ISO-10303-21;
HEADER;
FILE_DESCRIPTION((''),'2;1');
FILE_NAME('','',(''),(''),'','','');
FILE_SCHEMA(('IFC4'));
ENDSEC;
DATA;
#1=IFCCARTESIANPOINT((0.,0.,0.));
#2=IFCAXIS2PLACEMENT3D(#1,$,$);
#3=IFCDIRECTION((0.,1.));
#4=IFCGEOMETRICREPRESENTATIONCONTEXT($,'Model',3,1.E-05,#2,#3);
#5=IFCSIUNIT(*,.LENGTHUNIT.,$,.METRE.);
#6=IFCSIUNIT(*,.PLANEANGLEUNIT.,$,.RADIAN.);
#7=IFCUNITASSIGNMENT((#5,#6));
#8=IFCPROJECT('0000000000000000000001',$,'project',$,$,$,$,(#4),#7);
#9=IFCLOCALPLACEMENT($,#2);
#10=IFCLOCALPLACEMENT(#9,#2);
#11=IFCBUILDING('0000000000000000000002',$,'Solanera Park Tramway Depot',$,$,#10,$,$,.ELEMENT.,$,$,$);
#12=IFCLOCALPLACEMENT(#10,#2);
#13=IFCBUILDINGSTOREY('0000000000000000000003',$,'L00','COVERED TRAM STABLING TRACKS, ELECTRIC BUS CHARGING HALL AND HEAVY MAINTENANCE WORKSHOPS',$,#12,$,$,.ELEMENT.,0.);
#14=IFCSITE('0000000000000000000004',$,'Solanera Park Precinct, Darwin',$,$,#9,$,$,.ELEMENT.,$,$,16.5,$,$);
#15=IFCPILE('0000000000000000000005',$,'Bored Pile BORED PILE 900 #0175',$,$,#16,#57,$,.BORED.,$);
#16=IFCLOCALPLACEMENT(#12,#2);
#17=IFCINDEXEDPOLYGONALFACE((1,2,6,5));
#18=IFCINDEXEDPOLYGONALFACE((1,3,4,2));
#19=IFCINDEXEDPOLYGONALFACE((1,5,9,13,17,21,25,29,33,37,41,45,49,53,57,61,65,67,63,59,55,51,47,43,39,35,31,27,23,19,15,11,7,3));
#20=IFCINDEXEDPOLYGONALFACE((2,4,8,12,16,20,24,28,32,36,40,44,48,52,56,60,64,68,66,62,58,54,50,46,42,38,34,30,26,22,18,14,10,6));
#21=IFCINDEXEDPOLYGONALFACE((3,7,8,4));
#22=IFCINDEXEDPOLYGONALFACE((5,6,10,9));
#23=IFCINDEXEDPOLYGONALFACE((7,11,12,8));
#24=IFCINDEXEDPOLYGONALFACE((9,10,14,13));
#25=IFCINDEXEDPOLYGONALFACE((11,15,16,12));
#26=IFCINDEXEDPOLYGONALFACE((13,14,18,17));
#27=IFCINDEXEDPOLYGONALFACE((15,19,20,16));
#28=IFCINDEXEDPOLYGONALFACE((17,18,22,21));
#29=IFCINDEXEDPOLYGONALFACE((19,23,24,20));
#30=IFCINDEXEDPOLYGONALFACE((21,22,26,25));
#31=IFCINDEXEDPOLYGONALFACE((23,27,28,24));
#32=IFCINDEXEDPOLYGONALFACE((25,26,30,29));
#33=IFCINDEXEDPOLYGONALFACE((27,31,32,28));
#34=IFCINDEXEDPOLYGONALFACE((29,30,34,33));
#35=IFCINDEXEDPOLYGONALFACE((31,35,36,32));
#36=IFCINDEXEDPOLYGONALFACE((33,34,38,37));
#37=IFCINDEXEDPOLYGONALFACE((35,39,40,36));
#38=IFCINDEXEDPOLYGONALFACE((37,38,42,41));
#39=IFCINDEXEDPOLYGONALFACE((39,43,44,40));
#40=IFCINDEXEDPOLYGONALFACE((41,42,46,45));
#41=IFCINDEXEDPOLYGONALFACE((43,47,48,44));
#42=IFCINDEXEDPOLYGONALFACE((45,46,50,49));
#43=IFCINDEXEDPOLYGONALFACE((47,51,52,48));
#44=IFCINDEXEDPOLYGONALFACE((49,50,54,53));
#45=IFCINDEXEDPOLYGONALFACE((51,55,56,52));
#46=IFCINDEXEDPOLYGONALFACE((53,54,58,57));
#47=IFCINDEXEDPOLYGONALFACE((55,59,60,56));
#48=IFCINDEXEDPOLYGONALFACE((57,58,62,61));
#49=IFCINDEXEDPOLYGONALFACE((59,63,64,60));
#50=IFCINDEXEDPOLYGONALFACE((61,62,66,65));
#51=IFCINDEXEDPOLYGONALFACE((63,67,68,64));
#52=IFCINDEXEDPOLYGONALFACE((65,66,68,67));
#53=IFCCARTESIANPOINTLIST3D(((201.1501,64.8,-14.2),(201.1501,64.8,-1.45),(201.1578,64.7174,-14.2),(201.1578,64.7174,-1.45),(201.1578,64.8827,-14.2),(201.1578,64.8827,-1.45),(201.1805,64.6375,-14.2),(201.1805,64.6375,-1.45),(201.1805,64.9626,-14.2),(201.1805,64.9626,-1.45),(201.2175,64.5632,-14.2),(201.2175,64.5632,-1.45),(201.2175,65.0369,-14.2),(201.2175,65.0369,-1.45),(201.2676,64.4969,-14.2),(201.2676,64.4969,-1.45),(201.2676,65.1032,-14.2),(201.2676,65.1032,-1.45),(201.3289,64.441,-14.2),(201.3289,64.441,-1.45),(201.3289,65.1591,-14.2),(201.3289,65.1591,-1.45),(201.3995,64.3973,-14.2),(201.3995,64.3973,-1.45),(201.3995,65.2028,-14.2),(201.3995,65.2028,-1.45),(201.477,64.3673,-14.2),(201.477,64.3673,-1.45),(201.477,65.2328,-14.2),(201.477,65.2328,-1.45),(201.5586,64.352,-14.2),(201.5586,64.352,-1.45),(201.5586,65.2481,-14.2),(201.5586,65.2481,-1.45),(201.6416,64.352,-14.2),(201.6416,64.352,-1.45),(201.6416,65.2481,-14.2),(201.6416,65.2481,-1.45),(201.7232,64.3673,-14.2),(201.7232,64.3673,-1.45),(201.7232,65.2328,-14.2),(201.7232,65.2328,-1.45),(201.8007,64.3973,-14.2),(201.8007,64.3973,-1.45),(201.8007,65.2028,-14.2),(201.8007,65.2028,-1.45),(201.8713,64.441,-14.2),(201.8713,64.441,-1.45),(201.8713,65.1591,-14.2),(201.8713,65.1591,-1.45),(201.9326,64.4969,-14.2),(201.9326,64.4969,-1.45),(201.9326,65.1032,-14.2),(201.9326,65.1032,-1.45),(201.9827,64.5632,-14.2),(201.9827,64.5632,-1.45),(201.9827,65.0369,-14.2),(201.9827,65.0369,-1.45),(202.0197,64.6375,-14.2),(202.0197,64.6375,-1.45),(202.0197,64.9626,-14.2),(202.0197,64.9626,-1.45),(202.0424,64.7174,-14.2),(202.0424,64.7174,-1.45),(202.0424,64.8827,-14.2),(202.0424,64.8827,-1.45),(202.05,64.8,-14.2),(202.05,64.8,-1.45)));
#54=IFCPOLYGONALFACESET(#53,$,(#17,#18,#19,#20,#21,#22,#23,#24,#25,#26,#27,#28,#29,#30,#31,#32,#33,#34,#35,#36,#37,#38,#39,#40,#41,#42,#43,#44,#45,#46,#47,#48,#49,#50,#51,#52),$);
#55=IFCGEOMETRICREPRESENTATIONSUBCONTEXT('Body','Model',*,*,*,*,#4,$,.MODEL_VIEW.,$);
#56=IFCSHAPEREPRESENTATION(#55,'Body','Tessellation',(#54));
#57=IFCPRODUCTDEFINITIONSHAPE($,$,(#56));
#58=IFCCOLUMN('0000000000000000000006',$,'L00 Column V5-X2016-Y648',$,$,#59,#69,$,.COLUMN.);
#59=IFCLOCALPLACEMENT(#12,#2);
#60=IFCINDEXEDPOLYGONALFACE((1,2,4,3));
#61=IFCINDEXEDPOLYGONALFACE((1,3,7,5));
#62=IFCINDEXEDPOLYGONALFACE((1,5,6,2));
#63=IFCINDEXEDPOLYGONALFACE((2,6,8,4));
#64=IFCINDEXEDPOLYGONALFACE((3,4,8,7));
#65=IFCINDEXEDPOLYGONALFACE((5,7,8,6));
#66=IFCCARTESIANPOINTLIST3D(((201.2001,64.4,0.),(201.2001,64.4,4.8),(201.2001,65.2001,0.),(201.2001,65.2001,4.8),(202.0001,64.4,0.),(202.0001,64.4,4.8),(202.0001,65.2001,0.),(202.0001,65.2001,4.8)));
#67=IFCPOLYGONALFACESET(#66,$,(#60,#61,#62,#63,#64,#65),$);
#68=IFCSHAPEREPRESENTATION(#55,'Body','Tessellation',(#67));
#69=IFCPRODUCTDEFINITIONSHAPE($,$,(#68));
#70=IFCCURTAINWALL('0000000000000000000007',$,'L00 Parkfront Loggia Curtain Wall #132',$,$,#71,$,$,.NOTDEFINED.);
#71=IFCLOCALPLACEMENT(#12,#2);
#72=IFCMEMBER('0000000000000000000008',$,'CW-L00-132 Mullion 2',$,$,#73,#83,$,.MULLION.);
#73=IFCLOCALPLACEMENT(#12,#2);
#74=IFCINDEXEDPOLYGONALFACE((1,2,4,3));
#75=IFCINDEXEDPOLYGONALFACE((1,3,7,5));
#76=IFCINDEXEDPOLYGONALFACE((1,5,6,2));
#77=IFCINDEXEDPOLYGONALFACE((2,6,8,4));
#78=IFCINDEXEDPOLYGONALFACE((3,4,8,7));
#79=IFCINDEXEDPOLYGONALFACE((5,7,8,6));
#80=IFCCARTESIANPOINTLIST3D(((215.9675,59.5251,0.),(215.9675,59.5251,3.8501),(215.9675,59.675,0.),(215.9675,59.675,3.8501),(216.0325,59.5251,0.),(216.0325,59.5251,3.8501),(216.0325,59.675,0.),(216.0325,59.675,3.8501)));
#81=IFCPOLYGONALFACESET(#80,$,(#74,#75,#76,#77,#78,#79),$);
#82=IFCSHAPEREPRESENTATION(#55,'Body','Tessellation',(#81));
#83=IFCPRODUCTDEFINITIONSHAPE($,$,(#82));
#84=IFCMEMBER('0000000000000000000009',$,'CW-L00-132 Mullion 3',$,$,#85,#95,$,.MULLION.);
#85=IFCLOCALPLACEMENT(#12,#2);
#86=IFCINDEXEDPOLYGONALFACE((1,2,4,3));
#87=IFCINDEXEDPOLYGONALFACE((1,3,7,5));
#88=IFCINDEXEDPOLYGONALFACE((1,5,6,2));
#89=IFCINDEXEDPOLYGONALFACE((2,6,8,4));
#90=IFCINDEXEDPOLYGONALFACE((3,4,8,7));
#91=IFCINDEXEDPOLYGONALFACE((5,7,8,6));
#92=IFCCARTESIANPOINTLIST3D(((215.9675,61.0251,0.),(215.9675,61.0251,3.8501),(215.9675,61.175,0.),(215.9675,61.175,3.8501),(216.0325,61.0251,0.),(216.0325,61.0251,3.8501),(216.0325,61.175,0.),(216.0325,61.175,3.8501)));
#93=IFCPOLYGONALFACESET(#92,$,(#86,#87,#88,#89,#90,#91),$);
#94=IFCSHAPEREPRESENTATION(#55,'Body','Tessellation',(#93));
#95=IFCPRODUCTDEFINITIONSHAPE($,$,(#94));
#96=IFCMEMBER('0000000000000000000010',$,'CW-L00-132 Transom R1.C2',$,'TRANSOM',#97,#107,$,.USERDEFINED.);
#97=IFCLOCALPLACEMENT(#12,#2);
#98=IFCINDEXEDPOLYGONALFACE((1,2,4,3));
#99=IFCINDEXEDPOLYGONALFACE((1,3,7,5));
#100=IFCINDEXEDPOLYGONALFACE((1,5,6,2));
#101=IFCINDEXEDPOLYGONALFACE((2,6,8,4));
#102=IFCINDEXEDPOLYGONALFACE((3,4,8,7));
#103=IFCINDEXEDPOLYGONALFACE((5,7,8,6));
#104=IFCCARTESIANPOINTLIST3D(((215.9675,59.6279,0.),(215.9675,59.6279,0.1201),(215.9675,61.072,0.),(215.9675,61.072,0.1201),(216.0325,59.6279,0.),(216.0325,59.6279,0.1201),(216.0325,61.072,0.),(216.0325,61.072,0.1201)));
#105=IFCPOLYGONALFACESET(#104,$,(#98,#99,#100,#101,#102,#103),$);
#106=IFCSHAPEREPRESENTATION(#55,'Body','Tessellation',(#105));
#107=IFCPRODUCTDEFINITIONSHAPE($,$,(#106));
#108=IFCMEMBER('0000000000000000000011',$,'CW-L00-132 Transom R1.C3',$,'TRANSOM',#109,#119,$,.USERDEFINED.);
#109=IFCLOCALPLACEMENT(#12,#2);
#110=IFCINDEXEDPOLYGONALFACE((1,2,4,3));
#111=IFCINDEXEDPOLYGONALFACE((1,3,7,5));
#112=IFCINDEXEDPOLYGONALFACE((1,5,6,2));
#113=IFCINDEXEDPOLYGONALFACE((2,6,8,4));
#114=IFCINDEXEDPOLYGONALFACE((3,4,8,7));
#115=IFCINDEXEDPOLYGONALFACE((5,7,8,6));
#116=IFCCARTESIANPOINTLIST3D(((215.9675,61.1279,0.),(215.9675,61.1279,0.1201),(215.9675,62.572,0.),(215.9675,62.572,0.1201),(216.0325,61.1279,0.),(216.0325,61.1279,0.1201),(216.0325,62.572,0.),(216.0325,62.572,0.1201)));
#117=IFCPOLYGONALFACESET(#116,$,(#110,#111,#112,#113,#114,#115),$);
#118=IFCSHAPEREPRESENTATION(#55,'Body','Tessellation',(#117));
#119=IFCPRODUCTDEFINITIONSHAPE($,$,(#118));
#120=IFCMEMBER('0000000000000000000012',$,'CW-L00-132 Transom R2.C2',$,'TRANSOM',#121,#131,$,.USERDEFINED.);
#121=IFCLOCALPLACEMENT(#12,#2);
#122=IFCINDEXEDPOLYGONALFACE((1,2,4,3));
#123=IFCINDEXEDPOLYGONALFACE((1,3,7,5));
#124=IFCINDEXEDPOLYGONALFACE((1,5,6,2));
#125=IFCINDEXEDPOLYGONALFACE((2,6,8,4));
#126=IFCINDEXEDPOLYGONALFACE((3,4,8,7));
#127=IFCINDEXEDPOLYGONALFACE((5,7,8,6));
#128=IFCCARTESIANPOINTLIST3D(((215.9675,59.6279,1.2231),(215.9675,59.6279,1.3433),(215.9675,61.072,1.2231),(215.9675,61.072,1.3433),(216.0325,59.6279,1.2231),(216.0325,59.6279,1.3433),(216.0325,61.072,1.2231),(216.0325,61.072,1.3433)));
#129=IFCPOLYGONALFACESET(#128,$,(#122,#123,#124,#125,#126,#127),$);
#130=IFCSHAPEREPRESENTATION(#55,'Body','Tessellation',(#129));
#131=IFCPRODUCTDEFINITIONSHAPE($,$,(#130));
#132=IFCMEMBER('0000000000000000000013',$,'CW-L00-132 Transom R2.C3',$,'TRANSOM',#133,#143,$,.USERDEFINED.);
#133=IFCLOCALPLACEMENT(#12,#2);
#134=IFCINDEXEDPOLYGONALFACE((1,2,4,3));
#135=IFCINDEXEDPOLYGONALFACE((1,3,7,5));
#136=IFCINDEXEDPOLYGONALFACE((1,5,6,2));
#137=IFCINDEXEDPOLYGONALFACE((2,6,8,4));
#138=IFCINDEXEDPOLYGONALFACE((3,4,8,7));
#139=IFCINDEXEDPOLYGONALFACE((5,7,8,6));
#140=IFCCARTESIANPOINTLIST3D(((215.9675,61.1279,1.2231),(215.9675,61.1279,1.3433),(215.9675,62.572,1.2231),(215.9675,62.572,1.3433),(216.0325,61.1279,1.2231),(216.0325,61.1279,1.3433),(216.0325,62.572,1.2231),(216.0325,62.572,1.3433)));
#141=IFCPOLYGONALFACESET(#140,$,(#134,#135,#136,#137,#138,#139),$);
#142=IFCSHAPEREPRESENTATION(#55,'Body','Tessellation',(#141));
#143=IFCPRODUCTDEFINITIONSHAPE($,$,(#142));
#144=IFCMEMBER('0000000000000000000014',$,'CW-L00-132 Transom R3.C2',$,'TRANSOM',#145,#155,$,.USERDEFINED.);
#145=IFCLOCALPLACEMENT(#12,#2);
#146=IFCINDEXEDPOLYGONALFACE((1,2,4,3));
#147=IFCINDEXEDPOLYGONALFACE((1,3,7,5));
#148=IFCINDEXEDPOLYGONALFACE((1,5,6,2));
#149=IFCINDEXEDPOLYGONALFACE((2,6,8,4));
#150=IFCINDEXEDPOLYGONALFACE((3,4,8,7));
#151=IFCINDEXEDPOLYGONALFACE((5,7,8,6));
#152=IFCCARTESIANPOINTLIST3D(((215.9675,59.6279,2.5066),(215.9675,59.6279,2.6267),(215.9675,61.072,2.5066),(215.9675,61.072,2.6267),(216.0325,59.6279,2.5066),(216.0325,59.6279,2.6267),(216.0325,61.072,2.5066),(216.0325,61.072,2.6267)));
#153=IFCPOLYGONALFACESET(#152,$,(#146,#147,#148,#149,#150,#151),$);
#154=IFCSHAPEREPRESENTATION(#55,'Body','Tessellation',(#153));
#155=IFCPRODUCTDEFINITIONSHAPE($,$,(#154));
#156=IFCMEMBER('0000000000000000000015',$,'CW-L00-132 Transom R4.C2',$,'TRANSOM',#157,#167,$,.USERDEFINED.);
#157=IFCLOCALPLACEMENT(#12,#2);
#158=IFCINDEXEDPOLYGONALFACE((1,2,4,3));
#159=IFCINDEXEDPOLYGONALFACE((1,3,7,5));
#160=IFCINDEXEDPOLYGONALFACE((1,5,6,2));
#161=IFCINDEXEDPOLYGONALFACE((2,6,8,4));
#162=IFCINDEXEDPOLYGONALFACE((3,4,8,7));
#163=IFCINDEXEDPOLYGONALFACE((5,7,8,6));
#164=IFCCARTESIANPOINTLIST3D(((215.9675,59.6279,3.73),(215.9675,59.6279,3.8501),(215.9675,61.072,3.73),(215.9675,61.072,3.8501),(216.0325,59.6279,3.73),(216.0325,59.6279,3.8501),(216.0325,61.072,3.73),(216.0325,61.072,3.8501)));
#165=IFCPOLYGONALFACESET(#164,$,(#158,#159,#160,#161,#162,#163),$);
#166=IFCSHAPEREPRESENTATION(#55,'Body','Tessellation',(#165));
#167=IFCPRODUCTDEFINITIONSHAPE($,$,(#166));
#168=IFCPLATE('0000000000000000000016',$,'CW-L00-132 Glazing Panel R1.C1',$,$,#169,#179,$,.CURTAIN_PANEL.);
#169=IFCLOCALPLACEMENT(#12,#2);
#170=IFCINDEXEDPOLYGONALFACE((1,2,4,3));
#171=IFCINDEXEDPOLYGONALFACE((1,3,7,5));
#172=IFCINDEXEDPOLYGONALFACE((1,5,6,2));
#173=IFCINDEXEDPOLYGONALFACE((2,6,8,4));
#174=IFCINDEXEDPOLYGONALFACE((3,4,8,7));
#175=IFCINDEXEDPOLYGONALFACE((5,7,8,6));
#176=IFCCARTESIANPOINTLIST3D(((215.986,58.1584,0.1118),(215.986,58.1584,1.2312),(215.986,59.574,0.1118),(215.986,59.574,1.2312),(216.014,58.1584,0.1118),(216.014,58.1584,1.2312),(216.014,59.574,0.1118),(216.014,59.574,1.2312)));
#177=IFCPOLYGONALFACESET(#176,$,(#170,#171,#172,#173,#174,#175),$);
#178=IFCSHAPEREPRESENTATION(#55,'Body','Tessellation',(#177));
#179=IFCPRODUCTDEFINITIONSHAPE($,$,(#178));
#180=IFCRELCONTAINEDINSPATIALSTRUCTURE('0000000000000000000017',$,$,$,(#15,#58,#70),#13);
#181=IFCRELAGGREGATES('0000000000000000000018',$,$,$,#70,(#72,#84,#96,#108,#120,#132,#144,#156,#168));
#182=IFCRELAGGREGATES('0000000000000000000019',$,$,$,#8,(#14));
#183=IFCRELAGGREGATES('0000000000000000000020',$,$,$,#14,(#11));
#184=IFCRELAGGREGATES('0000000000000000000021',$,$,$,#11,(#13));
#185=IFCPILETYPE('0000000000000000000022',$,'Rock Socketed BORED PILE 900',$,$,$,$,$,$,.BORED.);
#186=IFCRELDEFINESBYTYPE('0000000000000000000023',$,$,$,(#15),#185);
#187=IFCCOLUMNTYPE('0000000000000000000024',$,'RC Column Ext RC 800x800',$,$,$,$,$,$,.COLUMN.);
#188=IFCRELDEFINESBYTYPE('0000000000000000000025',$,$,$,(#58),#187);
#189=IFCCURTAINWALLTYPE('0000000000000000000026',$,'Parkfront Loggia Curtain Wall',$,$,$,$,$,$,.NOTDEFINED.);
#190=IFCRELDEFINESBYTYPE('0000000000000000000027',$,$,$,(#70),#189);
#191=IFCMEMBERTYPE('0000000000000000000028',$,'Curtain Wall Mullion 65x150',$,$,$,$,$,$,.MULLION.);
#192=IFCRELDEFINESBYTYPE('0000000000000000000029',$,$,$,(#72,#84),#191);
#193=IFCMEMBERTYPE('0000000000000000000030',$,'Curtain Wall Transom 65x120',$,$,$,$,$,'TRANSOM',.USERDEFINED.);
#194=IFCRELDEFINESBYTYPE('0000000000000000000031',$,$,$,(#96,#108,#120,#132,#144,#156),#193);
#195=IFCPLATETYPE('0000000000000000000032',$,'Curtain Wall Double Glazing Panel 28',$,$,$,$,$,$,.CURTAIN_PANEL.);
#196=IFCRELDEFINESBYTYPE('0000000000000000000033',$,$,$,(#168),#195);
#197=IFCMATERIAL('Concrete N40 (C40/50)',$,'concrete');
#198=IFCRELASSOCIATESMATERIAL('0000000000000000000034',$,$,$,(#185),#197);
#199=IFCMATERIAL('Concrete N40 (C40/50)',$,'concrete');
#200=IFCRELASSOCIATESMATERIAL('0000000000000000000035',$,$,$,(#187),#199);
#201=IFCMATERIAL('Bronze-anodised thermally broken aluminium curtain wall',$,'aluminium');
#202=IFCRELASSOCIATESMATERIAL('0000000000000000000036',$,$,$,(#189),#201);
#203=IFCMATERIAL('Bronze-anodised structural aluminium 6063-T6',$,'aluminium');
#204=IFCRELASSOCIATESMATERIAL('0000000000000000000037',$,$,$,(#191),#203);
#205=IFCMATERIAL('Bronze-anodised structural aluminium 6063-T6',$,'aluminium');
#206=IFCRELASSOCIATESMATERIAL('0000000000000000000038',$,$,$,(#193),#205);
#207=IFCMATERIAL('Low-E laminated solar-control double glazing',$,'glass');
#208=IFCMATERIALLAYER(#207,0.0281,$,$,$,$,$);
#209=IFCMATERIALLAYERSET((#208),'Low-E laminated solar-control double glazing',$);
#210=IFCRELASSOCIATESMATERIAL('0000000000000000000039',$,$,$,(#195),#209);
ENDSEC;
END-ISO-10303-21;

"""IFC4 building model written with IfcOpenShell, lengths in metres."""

from ifc_helpers import new_model, si_unit, direction, frame, origin, origin_2d, place, context, subcontext, project, spatial, rectangle, circle, extrude, material, layer, layer_set, material_profile, profile_set, type_object, element, aggregate, save


model = new_model("IFC4")

# Units and contexts
model_context = context("Model", 3, precision=1e-05, world=origin(), true_north=direction((0.0, 1.0)))
body_context = subcontext(model_context, "Body", "Model", "MODEL_VIEW")
ifc_project = project(units=[si_unit("LENGTHUNIT", "METRE"), si_unit("PLANEANGLEUNIT", "RADIAN")], contexts=[model_context])

# Site, building, storey
site_placement = place(None, origin())
site = spatial("IfcSite", under=ifc_project, at=site_placement, Name="Solanera Park Precinct, Darwin", CompositionType="ELEMENT", RefElevation=16.5)
building_placement = place(site_placement, origin())
building = spatial("IfcBuilding", under=site, at=building_placement, Name="Solanera Park Tramway Depot", CompositionType="ELEMENT")
storey_placement = place(building_placement, origin())
storey = spatial("IfcBuildingStorey", under=building, at=storey_placement, Name="L00", Description="COVERED TRAM STABLING TRACKS, ELECTRIC BUS CHARGING HALL AND HEAVY MAINTENANCE WORKSHOPS", CompositionType="ELEMENT", Elevation=0.0)

# Pile
ifc_material_1 = material(Name="Concrete N40 (C40/50)", Category="concrete")
ifc_material_profile_1 = material_profile(ifc_material_1, circle(Radius=0.45, at=origin_2d()), Name="BORED PILE 900")
ifc_profile_set_1 = profile_set([ifc_material_profile_1], Name="Concrete N40 (C40/50)")
pile_type = type_object("IfcPileType", Name="Rock Socketed BORED PILE 900", PredefinedType="BORED", material=ifc_profile_set_1)
pile_placement = place(storey_placement, frame((201.6001, 64.8, -1.45), z_axis=(0.0, 0.0, -1.0), x_axis=(1.0, 0.0, 0.0)))
element("IfcPile", 1, at=pile_placement, inside=storey, type_object=pile_type, Name="Bored Pile BORED PILE 900 #0175", PredefinedType="BORED", context=body_context, shape_type="SweptSolid", body=[
    extrude(circle(Radius=0.45, at=origin_2d()), origin(), (0.0, 0.0, 1.0), 12.75),
])

# Column
ifc_material_2 = material(Name="Concrete N40 (C40/50)", Category="concrete")
ifc_material_profile_2 = material_profile(ifc_material_2, rectangle(XDim=0.8, YDim=0.8, at=origin_2d()), Name="RC 800x800")
ifc_profile_set_2 = profile_set([ifc_material_profile_2], Name="Concrete N40 (C40/50)")
column_type = type_object("IfcColumnType", Name="RC Column Ext RC 800x800", PredefinedType="COLUMN", material=ifc_profile_set_2)
column_placement = place(storey_placement, frame((201.6001, 64.8, 0.0), z_axis=(0.0, 0.0, 1.0), x_axis=(1.0, 0.0, 0.0)))
element("IfcColumn", 2, at=column_placement, inside=storey, type_object=column_type, Name="L00 Column V5-X2016-Y648", PredefinedType="COLUMN", context=body_context, shape_type="SweptSolid", body=[
    extrude(rectangle(XDim=0.8, YDim=0.8, at=origin_2d()), origin(), (0.0, 0.0, 1.0), 4.8),
])

# Curtain wall, members, plate
ifc_material_3 = material(Name="Bronze-anodised thermally broken aluminium curtain wall", Category="aluminium")
curtain_wall_type = type_object("IfcCurtainWallType", Name="Parkfront Loggia Curtain Wall", PredefinedType="NOTDEFINED", material=ifc_material_3)
curtain_wall_placement = place(storey_placement, origin())
curtain_wall = element("IfcCurtainWall", 3, at=curtain_wall_placement, inside=storey, type_object=curtain_wall_type, Name="L00 Parkfront Loggia Curtain Wall #132", PredefinedType="NOTDEFINED")
ifc_material_4 = material(Name="Bronze-anodised structural aluminium 6063-T6", Category="aluminium")
ifc_material_profile_3 = material_profile(ifc_material_4, rectangle(XDim=0.0649, YDim=0.1499, at=origin_2d()), Name="Curtain Wall Mullion 65x150")
ifc_profile_set_3 = profile_set([ifc_material_profile_3], Name="Bronze-anodised structural aluminium 6063-T6")
member_type_1 = type_object("IfcMemberType", Name="Curtain Wall Mullion 65x150", PredefinedType="MULLION", material=ifc_profile_set_3)
member_1_placement = place(storey_placement, frame((216.0, 59.6001, 0.0), z_axis=(0.0, 0.0, 1.0), x_axis=(1.0, 0.0, 0.0)))
member_1 = element("IfcMember", 4, at=member_1_placement, type_object=member_type_1, Name="CW-L00-132 Mullion 2", PredefinedType="MULLION", context=body_context, shape_type="SweptSolid", body=[
    extrude(rectangle(XDim=0.0649, YDim=0.1499, at=origin_2d()), origin(), (0.0, 0.0, 1.0), 3.8501),
])
member_2_placement = place(storey_placement, frame((216.0, 61.1001, 0.0), z_axis=(0.0, 0.0, 1.0), x_axis=(1.0, 0.0, 0.0)))
member_2 = element("IfcMember", 5, at=member_2_placement, type_object=member_type_1, Name="CW-L00-132 Mullion 3", PredefinedType="MULLION", context=body_context, shape_type="SweptSolid", body=[
    extrude(rectangle(XDim=0.0649, YDim=0.1499, at=origin_2d()), origin(), (0.0, 0.0, 1.0), 3.8501),
])
ifc_material_5 = material(Name="Bronze-anodised structural aluminium 6063-T6", Category="aluminium")
ifc_material_profile_4 = material_profile(ifc_material_5, rectangle(XDim=0.0649, YDim=0.1201, at=origin_2d()), Name="Curtain Wall Transom 65x120")
ifc_profile_set_4 = profile_set([ifc_material_profile_4], Name="Bronze-anodised structural aluminium 6063-T6")
member_type_2 = type_object("IfcMemberType", Name="Curtain Wall Transom 65x120", ElementType="TRANSOM", PredefinedType="USERDEFINED", material=ifc_profile_set_4)
member_3_placement = place(storey_placement, frame((216.0, 59.6279, 0.0601), z_axis=(0.0, 1.0, 0.0), x_axis=(-1.0, 0.0, 0.0)))
member_3 = element("IfcMember", 6, at=member_3_placement, type_object=member_type_2, Name="CW-L00-132 Transom R1.C2", ObjectType="TRANSOM", PredefinedType="USERDEFINED", context=body_context, shape_type="SweptSolid", body=[
    extrude(rectangle(XDim=0.0649, YDim=0.1201, at=origin_2d()), origin(), (0.0, 0.0, 1.0), 1.4441),
])
member_4_placement = place(storey_placement, frame((216.0, 61.1279, 0.0601), z_axis=(0.0, 1.0, 0.0), x_axis=(-1.0, 0.0, 0.0)))
member_4 = element("IfcMember", 7, at=member_4_placement, type_object=member_type_2, Name="CW-L00-132 Transom R1.C3", ObjectType="TRANSOM", PredefinedType="USERDEFINED", context=body_context, shape_type="SweptSolid", body=[
    extrude(rectangle(XDim=0.0649, YDim=0.1201, at=origin_2d()), origin(), (0.0, 0.0, 1.0), 1.4441),
])
member_5_placement = place(storey_placement, frame((216.0, 59.6279, 1.2832), z_axis=(0.0, 1.0, 0.0), x_axis=(-1.0, 0.0, 0.0)))
member_5 = element("IfcMember", 8, at=member_5_placement, type_object=member_type_2, Name="CW-L00-132 Transom R2.C2", ObjectType="TRANSOM", PredefinedType="USERDEFINED", context=body_context, shape_type="SweptSolid", body=[
    extrude(rectangle(XDim=0.0649, YDim=0.1201, at=origin_2d()), origin(), (0.0, 0.0, 1.0), 1.4441),
])
member_6_placement = place(storey_placement, frame((216.0, 61.1279, 1.2832), z_axis=(0.0, 1.0, 0.0), x_axis=(-1.0, 0.0, 0.0)))
member_6 = element("IfcMember", 9, at=member_6_placement, type_object=member_type_2, Name="CW-L00-132 Transom R2.C3", ObjectType="TRANSOM", PredefinedType="USERDEFINED", context=body_context, shape_type="SweptSolid", body=[
    extrude(rectangle(XDim=0.0649, YDim=0.1201, at=origin_2d()), origin(), (0.0, 0.0, 1.0), 1.4441),
])
member_7_placement = place(storey_placement, frame((216.0, 59.6279, 2.5667), z_axis=(0.0, 1.0, 0.0), x_axis=(-1.0, 0.0, 0.0)))
member_7 = element("IfcMember", 10, at=member_7_placement, type_object=member_type_2, Name="CW-L00-132 Transom R3.C2", ObjectType="TRANSOM", PredefinedType="USERDEFINED", context=body_context, shape_type="SweptSolid", body=[
    extrude(rectangle(XDim=0.0649, YDim=0.1201, at=origin_2d()), origin(), (0.0, 0.0, 1.0), 1.4441),
])
member_8_placement = place(storey_placement, frame((216.0, 59.6279, 3.79), z_axis=(0.0, 1.0, 0.0), x_axis=(-1.0, 0.0, 0.0)))
member_8 = element("IfcMember", 11, at=member_8_placement, type_object=member_type_2, Name="CW-L00-132 Transom R4.C2", ObjectType="TRANSOM", PredefinedType="USERDEFINED", context=body_context, shape_type="SweptSolid", body=[
    extrude(rectangle(XDim=0.0649, YDim=0.1201, at=origin_2d()), origin(), (0.0, 0.0, 1.0), 1.4441),
])
ifc_material_6 = material(Name="Low-E laminated solar-control double glazing", Category="glass")
ifc_layer = layer(ifc_material_6, 0.0281)
ifc_layer_set = layer_set([ifc_layer], Name="Low-E laminated solar-control double glazing")
plate_type = type_object("IfcPlateType", Name="Curtain Wall Double Glazing Panel 28", PredefinedType="CURTAIN_PANEL", material=ifc_layer_set)
plate_1_placement = place(storey_placement, frame((216.0, 58.8662, 0.1118), z_axis=(0.0, 0.0, 1.0), x_axis=(0.0, 1.0, 0.0)))
plate_1 = element("IfcPlate", 12, at=plate_1_placement, type_object=plate_type, Name="CW-L00-132 Glazing Panel R1.C1", PredefinedType="CURTAIN_PANEL", context=body_context, shape_type="SweptSolid", body=[
    extrude(rectangle(XDim=1.4155, YDim=0.0281, at=origin_2d()), origin(), (0.0, 0.0, 1.0), 1.1194),
])
aggregate(curtain_wall, [member_1, member_2, member_3, member_4, member_5, member_6, member_7, member_8, plate_1])

save(model, "model.ifc")
